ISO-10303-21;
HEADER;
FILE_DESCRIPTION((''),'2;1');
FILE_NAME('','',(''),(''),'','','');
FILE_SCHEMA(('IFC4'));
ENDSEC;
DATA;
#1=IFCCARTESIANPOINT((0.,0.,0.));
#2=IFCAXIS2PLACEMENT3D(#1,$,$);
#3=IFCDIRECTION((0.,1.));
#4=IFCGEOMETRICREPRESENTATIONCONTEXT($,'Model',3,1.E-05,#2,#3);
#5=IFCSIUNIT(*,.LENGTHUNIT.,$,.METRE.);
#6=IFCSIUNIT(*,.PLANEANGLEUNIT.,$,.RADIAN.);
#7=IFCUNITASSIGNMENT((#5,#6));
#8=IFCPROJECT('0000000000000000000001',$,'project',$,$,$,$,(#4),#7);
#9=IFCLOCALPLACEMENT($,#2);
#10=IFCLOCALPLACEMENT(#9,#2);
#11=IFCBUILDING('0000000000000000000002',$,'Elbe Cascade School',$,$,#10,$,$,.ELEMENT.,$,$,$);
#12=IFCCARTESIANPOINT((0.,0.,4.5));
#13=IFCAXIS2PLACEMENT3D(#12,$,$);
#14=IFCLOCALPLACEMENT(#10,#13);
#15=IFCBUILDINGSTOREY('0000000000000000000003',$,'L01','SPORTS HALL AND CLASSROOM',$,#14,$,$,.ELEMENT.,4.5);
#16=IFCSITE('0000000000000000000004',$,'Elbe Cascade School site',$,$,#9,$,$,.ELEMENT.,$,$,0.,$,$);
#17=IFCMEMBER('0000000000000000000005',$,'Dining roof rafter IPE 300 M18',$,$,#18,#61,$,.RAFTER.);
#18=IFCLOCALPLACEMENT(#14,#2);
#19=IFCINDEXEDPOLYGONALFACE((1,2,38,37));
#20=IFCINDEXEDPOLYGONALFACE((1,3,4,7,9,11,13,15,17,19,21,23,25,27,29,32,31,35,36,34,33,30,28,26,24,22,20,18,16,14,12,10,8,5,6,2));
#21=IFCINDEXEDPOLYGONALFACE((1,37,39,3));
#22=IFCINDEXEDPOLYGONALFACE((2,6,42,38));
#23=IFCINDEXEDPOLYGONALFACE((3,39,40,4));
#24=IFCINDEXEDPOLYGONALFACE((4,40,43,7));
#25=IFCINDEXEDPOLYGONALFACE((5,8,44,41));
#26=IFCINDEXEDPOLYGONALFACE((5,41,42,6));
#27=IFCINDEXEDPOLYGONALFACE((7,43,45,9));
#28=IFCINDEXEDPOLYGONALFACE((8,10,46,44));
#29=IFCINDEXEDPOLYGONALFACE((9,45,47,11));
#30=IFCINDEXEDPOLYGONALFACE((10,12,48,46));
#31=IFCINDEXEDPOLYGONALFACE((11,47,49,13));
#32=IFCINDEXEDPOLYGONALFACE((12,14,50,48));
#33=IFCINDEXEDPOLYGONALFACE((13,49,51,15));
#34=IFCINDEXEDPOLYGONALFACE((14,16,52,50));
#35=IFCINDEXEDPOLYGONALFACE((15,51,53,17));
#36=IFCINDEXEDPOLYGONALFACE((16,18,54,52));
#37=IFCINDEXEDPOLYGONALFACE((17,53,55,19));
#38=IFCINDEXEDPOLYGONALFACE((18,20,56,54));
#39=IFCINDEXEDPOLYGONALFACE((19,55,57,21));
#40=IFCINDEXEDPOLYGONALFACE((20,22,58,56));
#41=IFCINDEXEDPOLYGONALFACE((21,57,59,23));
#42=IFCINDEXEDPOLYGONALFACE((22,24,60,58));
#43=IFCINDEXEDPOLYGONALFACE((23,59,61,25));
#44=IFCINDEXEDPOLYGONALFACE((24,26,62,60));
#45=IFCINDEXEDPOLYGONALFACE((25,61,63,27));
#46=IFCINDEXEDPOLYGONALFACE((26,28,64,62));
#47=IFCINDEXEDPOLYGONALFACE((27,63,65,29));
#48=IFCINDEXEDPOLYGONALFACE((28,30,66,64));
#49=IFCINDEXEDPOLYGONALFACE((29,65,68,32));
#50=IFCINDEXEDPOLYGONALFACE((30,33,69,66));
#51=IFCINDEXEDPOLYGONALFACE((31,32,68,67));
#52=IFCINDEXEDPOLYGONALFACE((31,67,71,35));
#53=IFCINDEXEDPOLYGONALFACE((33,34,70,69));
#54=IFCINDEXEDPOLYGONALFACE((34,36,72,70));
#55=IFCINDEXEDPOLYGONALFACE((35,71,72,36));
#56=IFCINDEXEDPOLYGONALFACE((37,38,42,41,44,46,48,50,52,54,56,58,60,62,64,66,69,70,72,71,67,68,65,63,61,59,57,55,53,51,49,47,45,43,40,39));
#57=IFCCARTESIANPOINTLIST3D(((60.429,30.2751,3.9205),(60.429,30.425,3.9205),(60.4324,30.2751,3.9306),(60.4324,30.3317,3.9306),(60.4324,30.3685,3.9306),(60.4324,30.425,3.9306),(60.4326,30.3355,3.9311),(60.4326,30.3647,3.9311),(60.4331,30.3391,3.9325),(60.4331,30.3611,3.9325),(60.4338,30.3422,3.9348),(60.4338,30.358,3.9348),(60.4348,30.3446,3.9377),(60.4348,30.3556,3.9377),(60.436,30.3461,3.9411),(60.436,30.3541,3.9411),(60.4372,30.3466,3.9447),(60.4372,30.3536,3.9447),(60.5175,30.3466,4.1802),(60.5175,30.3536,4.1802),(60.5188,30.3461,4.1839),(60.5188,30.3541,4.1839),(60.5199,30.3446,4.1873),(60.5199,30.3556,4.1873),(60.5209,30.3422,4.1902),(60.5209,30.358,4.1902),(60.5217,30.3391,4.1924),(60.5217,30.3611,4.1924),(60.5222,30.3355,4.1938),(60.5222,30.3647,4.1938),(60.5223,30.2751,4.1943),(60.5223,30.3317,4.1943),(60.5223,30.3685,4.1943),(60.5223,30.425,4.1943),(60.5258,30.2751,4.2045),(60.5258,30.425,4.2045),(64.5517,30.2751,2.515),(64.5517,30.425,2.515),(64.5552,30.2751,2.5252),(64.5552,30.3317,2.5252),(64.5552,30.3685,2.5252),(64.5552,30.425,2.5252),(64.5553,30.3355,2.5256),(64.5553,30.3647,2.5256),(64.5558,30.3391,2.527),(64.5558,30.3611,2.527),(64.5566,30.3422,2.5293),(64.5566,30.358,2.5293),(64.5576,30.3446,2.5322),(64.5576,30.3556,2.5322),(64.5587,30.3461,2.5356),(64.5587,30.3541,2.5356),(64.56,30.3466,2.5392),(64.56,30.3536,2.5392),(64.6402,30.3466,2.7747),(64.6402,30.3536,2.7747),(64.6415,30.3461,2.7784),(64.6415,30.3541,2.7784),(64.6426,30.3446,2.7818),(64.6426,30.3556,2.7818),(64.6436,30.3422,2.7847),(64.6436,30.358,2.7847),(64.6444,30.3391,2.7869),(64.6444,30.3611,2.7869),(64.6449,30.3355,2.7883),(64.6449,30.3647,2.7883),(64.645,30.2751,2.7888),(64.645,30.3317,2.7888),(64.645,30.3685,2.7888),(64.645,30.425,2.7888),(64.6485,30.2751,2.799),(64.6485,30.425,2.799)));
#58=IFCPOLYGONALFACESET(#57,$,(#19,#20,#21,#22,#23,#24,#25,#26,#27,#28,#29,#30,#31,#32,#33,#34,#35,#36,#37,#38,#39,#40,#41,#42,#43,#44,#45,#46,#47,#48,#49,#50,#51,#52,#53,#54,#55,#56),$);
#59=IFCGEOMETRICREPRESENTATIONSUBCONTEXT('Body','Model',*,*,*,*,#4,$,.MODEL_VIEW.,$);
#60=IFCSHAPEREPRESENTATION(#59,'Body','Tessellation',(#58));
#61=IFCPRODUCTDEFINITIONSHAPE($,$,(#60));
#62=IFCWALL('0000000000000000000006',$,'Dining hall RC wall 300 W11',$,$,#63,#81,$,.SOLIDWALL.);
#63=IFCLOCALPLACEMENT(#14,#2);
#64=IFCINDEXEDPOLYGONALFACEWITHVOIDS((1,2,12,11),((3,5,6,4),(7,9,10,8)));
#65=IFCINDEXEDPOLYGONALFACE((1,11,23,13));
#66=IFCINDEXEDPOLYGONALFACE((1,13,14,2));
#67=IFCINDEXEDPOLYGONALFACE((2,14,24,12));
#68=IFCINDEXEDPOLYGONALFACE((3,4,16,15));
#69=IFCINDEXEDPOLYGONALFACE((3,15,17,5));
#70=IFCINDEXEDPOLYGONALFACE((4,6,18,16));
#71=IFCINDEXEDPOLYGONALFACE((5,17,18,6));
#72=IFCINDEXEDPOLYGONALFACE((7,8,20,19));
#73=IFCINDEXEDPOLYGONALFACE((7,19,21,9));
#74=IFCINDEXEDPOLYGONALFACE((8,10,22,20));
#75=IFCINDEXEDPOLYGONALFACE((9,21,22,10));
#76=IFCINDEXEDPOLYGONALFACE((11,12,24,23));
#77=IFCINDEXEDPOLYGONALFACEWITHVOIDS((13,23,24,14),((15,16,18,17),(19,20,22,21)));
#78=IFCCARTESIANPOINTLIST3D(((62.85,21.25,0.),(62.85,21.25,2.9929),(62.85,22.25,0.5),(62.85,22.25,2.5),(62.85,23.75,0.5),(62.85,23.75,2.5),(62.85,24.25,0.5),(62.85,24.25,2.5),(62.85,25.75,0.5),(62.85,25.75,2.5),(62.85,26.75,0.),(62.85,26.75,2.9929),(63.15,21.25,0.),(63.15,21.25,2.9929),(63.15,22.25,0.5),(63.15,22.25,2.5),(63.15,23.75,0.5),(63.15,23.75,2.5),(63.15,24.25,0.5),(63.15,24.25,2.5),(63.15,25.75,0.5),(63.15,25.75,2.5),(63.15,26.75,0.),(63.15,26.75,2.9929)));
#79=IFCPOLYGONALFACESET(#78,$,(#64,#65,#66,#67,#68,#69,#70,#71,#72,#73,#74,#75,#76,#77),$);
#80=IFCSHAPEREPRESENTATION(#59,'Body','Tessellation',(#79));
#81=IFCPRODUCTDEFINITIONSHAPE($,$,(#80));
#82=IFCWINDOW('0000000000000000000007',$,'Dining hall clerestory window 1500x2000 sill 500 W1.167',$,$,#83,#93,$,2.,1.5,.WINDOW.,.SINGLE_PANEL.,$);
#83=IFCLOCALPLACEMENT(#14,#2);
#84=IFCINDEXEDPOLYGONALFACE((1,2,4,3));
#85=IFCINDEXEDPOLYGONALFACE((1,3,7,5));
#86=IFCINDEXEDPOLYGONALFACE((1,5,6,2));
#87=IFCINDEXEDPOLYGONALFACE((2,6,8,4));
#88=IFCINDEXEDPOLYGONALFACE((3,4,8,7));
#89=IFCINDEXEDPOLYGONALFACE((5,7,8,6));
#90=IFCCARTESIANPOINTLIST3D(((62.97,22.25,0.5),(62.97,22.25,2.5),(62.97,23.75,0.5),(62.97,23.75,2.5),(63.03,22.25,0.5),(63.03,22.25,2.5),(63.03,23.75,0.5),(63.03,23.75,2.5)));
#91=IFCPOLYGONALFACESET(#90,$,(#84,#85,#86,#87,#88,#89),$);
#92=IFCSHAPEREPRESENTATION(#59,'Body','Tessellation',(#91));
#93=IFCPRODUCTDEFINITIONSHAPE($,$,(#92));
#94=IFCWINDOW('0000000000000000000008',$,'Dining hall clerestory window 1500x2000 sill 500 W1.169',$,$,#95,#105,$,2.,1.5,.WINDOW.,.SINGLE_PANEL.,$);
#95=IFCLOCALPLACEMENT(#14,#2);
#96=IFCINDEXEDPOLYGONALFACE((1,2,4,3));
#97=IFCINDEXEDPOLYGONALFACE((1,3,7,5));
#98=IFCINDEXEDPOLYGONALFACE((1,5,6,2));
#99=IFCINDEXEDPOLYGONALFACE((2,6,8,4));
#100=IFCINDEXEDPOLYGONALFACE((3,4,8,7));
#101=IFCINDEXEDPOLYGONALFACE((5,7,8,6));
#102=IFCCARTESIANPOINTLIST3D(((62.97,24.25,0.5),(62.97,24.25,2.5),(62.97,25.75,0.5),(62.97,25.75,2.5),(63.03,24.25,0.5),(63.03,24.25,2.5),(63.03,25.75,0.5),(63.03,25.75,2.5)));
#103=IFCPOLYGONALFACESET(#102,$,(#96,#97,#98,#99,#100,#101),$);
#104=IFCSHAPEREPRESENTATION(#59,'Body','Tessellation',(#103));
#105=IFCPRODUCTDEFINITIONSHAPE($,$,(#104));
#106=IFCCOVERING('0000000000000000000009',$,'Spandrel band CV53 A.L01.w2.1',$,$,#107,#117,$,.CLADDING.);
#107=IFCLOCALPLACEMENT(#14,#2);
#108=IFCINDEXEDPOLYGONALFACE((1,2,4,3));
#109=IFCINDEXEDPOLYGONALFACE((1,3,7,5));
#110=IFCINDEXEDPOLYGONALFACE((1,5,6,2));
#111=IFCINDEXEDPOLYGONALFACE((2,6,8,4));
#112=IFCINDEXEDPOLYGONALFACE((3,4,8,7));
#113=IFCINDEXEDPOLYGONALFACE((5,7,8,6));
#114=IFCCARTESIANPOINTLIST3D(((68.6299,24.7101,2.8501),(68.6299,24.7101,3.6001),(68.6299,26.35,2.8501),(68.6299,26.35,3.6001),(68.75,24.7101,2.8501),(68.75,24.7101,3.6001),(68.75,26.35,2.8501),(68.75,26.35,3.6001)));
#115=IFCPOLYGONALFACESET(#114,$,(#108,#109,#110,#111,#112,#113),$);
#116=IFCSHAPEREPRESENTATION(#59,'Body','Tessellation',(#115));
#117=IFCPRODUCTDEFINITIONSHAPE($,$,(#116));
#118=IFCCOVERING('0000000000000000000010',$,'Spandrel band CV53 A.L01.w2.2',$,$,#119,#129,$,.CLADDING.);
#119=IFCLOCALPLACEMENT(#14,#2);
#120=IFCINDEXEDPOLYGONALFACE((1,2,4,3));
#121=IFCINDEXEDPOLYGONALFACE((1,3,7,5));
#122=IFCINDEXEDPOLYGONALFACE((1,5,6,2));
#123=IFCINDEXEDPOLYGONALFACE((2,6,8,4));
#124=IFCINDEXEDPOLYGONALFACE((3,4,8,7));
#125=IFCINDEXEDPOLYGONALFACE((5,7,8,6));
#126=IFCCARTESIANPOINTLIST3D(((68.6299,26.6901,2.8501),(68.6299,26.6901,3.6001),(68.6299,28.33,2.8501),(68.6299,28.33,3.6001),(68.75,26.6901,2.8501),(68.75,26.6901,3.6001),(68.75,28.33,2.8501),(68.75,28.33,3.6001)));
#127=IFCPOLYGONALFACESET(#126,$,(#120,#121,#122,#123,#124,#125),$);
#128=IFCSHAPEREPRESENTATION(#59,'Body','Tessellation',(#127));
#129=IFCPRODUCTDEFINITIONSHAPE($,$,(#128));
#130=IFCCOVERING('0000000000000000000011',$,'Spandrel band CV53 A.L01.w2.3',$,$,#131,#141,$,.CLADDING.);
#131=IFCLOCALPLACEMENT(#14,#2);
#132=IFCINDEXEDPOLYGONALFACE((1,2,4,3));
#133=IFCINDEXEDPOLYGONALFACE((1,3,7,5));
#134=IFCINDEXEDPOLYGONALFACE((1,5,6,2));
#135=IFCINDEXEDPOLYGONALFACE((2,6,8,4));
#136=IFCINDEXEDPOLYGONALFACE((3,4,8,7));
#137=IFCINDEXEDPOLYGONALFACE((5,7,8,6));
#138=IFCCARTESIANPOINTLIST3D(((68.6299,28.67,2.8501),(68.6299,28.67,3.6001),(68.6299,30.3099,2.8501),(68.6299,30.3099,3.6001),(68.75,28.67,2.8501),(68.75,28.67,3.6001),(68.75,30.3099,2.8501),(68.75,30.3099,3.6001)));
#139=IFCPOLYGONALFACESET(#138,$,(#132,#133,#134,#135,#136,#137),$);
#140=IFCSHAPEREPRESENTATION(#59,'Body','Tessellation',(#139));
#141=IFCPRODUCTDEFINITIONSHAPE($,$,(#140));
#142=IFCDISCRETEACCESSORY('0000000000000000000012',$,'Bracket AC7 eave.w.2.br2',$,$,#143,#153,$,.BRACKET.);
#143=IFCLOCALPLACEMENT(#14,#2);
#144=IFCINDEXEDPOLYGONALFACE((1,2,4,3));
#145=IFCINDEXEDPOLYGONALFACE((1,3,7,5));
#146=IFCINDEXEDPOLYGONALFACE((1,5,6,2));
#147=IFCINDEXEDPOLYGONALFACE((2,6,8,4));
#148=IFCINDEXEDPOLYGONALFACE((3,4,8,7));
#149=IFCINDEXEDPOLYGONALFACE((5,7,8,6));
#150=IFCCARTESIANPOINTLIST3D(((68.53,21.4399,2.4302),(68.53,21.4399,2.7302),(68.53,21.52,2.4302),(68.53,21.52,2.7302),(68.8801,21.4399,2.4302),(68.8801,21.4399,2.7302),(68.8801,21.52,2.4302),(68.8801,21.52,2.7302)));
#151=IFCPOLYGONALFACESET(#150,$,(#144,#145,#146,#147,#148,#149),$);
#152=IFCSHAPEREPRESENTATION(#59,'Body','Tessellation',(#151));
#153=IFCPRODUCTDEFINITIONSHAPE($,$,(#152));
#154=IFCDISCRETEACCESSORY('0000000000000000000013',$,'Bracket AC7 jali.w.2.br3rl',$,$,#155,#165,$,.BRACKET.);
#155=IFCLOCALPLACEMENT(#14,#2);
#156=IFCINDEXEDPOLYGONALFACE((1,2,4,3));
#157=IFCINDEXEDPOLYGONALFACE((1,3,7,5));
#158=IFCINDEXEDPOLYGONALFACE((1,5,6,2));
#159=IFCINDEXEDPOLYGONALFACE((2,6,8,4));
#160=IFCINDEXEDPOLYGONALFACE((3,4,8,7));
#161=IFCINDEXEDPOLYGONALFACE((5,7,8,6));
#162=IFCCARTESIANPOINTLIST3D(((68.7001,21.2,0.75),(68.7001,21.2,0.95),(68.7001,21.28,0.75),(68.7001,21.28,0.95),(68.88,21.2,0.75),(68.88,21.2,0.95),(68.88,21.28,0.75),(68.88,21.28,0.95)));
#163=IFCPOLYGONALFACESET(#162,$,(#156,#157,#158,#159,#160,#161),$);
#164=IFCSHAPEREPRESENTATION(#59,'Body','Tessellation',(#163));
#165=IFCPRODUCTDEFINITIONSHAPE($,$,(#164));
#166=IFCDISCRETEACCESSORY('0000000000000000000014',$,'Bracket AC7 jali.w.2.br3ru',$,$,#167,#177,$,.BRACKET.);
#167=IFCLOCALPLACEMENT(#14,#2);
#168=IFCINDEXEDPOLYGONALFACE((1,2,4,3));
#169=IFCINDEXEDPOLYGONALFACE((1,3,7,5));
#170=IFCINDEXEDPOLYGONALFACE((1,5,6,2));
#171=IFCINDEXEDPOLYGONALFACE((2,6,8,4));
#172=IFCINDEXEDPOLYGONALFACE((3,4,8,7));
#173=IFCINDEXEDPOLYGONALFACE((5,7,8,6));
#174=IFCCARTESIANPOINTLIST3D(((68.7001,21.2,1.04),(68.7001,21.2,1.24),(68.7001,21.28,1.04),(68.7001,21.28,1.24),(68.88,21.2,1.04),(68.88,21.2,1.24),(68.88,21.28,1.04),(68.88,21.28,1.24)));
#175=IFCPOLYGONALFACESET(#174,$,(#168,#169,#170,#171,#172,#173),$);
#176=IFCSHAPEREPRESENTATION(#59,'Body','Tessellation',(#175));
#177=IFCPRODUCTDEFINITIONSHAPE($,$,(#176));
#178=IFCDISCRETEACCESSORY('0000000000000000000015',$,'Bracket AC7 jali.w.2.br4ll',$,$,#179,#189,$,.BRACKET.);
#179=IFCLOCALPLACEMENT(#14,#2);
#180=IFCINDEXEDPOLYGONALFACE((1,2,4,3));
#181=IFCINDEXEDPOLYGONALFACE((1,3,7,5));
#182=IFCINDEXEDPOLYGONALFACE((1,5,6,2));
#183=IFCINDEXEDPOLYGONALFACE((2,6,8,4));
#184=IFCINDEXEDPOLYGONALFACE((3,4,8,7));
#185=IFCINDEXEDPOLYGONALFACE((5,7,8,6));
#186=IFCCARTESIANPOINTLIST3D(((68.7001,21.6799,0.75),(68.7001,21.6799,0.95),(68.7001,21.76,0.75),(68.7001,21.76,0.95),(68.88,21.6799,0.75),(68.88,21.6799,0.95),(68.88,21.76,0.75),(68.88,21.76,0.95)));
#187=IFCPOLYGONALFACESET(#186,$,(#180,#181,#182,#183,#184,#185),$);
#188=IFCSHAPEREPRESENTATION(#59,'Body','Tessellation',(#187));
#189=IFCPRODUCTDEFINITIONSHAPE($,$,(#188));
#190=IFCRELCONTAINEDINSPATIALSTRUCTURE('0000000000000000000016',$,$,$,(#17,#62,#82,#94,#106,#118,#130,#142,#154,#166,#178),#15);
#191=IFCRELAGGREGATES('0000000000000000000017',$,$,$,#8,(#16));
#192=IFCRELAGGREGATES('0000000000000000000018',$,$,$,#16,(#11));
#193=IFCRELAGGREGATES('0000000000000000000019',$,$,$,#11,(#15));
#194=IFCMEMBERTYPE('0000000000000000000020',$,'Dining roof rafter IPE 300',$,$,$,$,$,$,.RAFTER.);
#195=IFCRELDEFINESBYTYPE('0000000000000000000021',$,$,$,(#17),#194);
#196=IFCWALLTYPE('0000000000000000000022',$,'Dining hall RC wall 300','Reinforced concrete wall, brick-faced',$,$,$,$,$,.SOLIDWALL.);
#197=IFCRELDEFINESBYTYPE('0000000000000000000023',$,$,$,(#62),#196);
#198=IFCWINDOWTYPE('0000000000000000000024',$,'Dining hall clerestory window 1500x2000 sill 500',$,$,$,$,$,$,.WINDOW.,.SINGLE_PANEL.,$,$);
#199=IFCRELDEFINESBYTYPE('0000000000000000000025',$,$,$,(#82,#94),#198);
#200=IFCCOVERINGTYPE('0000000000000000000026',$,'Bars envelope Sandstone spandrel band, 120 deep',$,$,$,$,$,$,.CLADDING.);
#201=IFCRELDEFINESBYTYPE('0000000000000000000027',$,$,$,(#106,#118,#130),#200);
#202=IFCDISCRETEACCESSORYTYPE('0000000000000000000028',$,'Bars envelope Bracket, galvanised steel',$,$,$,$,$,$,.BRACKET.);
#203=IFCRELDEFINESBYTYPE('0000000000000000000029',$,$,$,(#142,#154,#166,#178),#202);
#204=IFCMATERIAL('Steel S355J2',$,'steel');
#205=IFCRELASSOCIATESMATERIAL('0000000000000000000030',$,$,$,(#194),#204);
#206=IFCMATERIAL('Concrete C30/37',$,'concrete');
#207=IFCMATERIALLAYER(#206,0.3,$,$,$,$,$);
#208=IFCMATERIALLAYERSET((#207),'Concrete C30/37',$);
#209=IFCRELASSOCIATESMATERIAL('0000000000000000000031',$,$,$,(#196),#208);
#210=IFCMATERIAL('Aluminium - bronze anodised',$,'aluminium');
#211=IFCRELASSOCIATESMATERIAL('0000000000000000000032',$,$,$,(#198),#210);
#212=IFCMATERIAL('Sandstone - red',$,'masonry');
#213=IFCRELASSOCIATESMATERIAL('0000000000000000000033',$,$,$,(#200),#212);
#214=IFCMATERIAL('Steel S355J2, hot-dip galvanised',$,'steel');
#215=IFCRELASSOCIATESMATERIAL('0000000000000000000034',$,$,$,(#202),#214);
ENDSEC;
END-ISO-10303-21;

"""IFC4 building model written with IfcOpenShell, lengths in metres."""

from ifc_helpers import new_model, si_unit, direction, frame, frame_2d, origin, origin_2d, place, context, subcontext, project, spatial, rectangle, i_section, extrude, material, layer, layer_set, material_profile, profile_set, type_object, element, fill, save


model = new_model("IFC4")

# Units and contexts
model_context = context("Model", 3, precision=1e-05, world=origin(), true_north=direction((0.0, 1.0)))
body_context = subcontext(model_context, "Body", "Model", "MODEL_VIEW")
ifc_project = project(units=[si_unit("LENGTHUNIT", "METRE"), si_unit("PLANEANGLEUNIT", "RADIAN")], contexts=[model_context])

# Site, building, storey
site_placement = place(None, origin())
site = spatial("IfcSite", under=ifc_project, at=site_placement, Name="Elbe Cascade School site", CompositionType="ELEMENT", RefElevation=0.0)
building_placement = place(site_placement, origin())
building = spatial("IfcBuilding", under=site, at=building_placement, Name="Elbe Cascade School", CompositionType="ELEMENT")
storey_placement = place(building_placement, frame((0.0, 0.0, 4.5)))
storey = spatial("IfcBuildingStorey", under=building, at=storey_placement, Name="L01", Description="SPORTS HALL AND CLASSROOM", CompositionType="ELEMENT", Elevation=4.5)

# Member
ifc_material_1 = material(Name="Steel S355J2", Category="steel")
ifc_material_profile_1 = material_profile(ifc_material_1, i_section(OverallWidth=0.1499, OverallDepth=0.3, WebThickness=0.0071, FlangeThickness=0.0107, FilletRadius=0.0149, at=origin_2d()), Name="IPE 300")
ifc_profile_set_1 = profile_set([ifc_material_profile_1], Name="Steel S355J2")
member_type = type_object("IfcMemberType", Name="Dining roof rafter IPE 300", PredefinedType="RAFTER", material=ifc_profile_set_1)
member_1_placement = place(storey_placement, frame((64.6001, 30.3501, 2.657), z_axis=(-0.946509, 0.0, 0.322677), x_axis=(0.0, -1.0, 0.0)))
element("IfcMember", 1, at=member_1_placement, inside=storey, type_object=member_type, Name="Dining roof rafter IPE 300 M18", PredefinedType="RAFTER", context=body_context, shape_type="SweptSolid", body=[
    extrude(i_section(OverallWidth=0.1499, OverallDepth=0.3, WebThickness=0.0071, FlangeThickness=0.0107, FilletRadius=0.0149, at=origin_2d()), origin(), (0.0, 0.0, 1.0), 4.3557),
])

# Wall, openings, windows
ifc_material_2 = material(Name="Concrete C30/37", Category="concrete")
ifc_layer_1 = layer(ifc_material_2, 0.3)
ifc_layer_set_1 = layer_set([ifc_layer_1], Name="Concrete C30/37")
wall_type = type_object("IfcWallType", Name="Dining hall RC wall 300", Description="Reinforced concrete wall, brick-faced", PredefinedType="SOLIDWALL", material=ifc_layer_set_1)
wall_placement = place(storey_placement, frame((63.0, 26.75, 0.0), z_axis=(0.0, 0.0, 1.0), x_axis=(0.0, -1.0, 0.0)))
wall = element("IfcWall", 2, at=wall_placement, inside=storey, type_object=wall_type, Name="Dining hall RC wall 300 W11", PredefinedType="SOLIDWALL", context=body_context, shape_type="SweptSolid", body=[
    extrude(rectangle(XDim=5.5, YDim=0.3, at=frame_2d((2.75, 0.0))), origin(), (0.0, 0.0, 1.0), 2.9929),
])
opening_1_placement = place(wall_placement, frame((3.0, 0.0, 0.5)))
opening_1 = element("IfcOpeningElement", 3, at=opening_1_placement, cuts=wall, PredefinedType="OPENING", context=body_context, shape_type="SweptSolid", body=[
    extrude(rectangle(XDim=1.5, YDim=2.0, at=frame_2d((0.75, 1.0))), frame((0.0, 0.1599, 0.0), z_axis=(0.0, -1.0, 0.0), x_axis=(1.0, 0.0, 0.0)), (0.0, 0.0, 1.0), 0.3201),
])
opening_2_placement = place(wall_placement, frame((1.0, 0.0, 0.5)))
opening_2 = element("IfcOpeningElement", 4, at=opening_2_placement, cuts=wall, PredefinedType="OPENING", context=body_context, shape_type="SweptSolid", body=[
    extrude(rectangle(XDim=1.5, YDim=2.0, at=frame_2d((0.75, 1.0))), frame((0.0, 0.1599, 0.0), z_axis=(0.0, -1.0, 0.0), x_axis=(1.0, 0.0, 0.0)), (0.0, 0.0, 1.0), 0.3201),
])
ifc_material_3 = material(Name="Aluminium - bronze anodised", Category="aluminium")
window_type = type_object("IfcWindowType", Name="Dining hall clerestory window 1500x2000 sill 500", PartitioningType="SINGLE_PANEL", PredefinedType="WINDOW", material=ifc_material_3)
window_1_placement = place(opening_1_placement, origin())
window_1 = element("IfcWindow", 5, at=window_1_placement, inside=storey, type_object=window_type, Name="Dining hall clerestory window 1500x2000 sill 500 W1.167", OverallHeight=2.0, OverallWidth=1.5, PartitioningType="SINGLE_PANEL", PredefinedType="WINDOW", context=body_context, shape_type="SweptSolid", body=[
    extrude(rectangle(XDim=1.5, YDim=2.0, at=frame_2d((0.75, 1.0))), frame((0.0, 0.03, 0.0), z_axis=(0.0, -1.0, 0.0), x_axis=(1.0, 0.0, 0.0)), (0.0, 0.0, 1.0), 0.0601),
])
fill(opening_1, window_1)
window_2_placement = place(opening_2_placement, origin())
window_2 = element("IfcWindow", 6, at=window_2_placement, inside=storey, type_object=window_type, Name="Dining hall clerestory window 1500x2000 sill 500 W1.169", OverallHeight=2.0, OverallWidth=1.5, PartitioningType="SINGLE_PANEL", PredefinedType="WINDOW", context=body_context, shape_type="SweptSolid", body=[
    extrude(rectangle(XDim=1.5, YDim=2.0, at=frame_2d((0.75, 1.0))), frame((0.0, 0.03, 0.0), z_axis=(0.0, -1.0, 0.0), x_axis=(1.0, 0.0, 0.0)), (0.0, 0.0, 1.0), 0.0601),
])
fill(opening_2, window_2)

# Coverings
ifc_material_4 = material(Name="Sandstone - red", Category="masonry")
covering_type = type_object("IfcCoveringType", Name="Bars envelope Sandstone spandrel band, 120 deep", PredefinedType="CLADDING", material=ifc_material_4)
for number, where, z_axis, x_axis, name in (
    (7, (68.6899, 25.53, 2.8501), (0.0, 0.0, 1.0), (0.0, 1.0, 0.0), "Spandrel band CV53 A.L01.w2.1"),
    (8, (68.6899, 27.51, 2.8501), (0.0, 0.0, 1.0), (0.0, 1.0, 0.0), "Spandrel band CV53 A.L01.w2.2"),
    (9, (68.6899, 29.49, 2.8501), (0.0, 0.0, 1.0), (0.0, 1.0, 0.0), "Spandrel band CV53 A.L01.w2.3"),
):
    element("IfcCovering", number, at=place(storey_placement, frame(where, z_axis=z_axis, x_axis=x_axis)), inside=storey, type_object=covering_type, Name=name, PredefinedType="CLADDING", context=body_context, shape_type="SweptSolid", body=[
        extrude(rectangle(XDim=1.6399, YDim=0.1201, at=origin_2d()), origin(), (0.0, 0.0, 1.0), 0.75),
    ])

# Discrete accessories
ifc_material_5 = material(Name="Steel S355J2, hot-dip galvanised", Category="steel")
discrete_accessory_type = type_object("IfcDiscreteAccessoryType", Name="Bars envelope Bracket, galvanised steel", PredefinedType="BRACKET", material=ifc_material_5)
discrete_accessory_placement = place(storey_placement, frame((68.7051, 21.48, 2.4302), z_axis=(0.0, 0.0, 1.0), x_axis=(0.0, 1.0, 0.0)))
element("IfcDiscreteAccessory", 10, at=discrete_accessory_placement, inside=storey, type_object=discrete_accessory_type, Name="Bracket AC7 eave.w.2.br2", PredefinedType="BRACKET", context=body_context, shape_type="SweptSolid", body=[
    extrude(rectangle(XDim=0.0801, YDim=0.3501, at=origin_2d()), origin(), (0.0, 0.0, 1.0), 0.3),
])
for number, where, z_axis, x_axis, name in (
    (11, (68.79, 21.24, 0.75), (0.0, 0.0, 1.0), (0.0, 1.0, 0.0), "Bracket AC7 jali.w.2.br3rl"),
    (12, (68.79, 21.24, 1.04), (0.0, 0.0, 1.0), (0.0, 1.0, 0.0), "Bracket AC7 jali.w.2.br3ru"),
    (13, (68.79, 21.72, 0.75), (0.0, 0.0, 1.0), (0.0, 1.0, 0.0), "Bracket AC7 jali.w.2.br4ll"),
):
    element("IfcDiscreteAccessory", number, at=place(storey_placement, frame(where, z_axis=z_axis, x_axis=x_axis)), inside=storey, type_object=discrete_accessory_type, Name=name, PredefinedType="BRACKET", context=body_context, shape_type="SweptSolid", body=[
        extrude(rectangle(XDim=0.0801, YDim=0.1799, at=origin_2d()), origin(), (0.0, 0.0, 1.0), 0.2),
    ])

save(model, "model.ifc")
